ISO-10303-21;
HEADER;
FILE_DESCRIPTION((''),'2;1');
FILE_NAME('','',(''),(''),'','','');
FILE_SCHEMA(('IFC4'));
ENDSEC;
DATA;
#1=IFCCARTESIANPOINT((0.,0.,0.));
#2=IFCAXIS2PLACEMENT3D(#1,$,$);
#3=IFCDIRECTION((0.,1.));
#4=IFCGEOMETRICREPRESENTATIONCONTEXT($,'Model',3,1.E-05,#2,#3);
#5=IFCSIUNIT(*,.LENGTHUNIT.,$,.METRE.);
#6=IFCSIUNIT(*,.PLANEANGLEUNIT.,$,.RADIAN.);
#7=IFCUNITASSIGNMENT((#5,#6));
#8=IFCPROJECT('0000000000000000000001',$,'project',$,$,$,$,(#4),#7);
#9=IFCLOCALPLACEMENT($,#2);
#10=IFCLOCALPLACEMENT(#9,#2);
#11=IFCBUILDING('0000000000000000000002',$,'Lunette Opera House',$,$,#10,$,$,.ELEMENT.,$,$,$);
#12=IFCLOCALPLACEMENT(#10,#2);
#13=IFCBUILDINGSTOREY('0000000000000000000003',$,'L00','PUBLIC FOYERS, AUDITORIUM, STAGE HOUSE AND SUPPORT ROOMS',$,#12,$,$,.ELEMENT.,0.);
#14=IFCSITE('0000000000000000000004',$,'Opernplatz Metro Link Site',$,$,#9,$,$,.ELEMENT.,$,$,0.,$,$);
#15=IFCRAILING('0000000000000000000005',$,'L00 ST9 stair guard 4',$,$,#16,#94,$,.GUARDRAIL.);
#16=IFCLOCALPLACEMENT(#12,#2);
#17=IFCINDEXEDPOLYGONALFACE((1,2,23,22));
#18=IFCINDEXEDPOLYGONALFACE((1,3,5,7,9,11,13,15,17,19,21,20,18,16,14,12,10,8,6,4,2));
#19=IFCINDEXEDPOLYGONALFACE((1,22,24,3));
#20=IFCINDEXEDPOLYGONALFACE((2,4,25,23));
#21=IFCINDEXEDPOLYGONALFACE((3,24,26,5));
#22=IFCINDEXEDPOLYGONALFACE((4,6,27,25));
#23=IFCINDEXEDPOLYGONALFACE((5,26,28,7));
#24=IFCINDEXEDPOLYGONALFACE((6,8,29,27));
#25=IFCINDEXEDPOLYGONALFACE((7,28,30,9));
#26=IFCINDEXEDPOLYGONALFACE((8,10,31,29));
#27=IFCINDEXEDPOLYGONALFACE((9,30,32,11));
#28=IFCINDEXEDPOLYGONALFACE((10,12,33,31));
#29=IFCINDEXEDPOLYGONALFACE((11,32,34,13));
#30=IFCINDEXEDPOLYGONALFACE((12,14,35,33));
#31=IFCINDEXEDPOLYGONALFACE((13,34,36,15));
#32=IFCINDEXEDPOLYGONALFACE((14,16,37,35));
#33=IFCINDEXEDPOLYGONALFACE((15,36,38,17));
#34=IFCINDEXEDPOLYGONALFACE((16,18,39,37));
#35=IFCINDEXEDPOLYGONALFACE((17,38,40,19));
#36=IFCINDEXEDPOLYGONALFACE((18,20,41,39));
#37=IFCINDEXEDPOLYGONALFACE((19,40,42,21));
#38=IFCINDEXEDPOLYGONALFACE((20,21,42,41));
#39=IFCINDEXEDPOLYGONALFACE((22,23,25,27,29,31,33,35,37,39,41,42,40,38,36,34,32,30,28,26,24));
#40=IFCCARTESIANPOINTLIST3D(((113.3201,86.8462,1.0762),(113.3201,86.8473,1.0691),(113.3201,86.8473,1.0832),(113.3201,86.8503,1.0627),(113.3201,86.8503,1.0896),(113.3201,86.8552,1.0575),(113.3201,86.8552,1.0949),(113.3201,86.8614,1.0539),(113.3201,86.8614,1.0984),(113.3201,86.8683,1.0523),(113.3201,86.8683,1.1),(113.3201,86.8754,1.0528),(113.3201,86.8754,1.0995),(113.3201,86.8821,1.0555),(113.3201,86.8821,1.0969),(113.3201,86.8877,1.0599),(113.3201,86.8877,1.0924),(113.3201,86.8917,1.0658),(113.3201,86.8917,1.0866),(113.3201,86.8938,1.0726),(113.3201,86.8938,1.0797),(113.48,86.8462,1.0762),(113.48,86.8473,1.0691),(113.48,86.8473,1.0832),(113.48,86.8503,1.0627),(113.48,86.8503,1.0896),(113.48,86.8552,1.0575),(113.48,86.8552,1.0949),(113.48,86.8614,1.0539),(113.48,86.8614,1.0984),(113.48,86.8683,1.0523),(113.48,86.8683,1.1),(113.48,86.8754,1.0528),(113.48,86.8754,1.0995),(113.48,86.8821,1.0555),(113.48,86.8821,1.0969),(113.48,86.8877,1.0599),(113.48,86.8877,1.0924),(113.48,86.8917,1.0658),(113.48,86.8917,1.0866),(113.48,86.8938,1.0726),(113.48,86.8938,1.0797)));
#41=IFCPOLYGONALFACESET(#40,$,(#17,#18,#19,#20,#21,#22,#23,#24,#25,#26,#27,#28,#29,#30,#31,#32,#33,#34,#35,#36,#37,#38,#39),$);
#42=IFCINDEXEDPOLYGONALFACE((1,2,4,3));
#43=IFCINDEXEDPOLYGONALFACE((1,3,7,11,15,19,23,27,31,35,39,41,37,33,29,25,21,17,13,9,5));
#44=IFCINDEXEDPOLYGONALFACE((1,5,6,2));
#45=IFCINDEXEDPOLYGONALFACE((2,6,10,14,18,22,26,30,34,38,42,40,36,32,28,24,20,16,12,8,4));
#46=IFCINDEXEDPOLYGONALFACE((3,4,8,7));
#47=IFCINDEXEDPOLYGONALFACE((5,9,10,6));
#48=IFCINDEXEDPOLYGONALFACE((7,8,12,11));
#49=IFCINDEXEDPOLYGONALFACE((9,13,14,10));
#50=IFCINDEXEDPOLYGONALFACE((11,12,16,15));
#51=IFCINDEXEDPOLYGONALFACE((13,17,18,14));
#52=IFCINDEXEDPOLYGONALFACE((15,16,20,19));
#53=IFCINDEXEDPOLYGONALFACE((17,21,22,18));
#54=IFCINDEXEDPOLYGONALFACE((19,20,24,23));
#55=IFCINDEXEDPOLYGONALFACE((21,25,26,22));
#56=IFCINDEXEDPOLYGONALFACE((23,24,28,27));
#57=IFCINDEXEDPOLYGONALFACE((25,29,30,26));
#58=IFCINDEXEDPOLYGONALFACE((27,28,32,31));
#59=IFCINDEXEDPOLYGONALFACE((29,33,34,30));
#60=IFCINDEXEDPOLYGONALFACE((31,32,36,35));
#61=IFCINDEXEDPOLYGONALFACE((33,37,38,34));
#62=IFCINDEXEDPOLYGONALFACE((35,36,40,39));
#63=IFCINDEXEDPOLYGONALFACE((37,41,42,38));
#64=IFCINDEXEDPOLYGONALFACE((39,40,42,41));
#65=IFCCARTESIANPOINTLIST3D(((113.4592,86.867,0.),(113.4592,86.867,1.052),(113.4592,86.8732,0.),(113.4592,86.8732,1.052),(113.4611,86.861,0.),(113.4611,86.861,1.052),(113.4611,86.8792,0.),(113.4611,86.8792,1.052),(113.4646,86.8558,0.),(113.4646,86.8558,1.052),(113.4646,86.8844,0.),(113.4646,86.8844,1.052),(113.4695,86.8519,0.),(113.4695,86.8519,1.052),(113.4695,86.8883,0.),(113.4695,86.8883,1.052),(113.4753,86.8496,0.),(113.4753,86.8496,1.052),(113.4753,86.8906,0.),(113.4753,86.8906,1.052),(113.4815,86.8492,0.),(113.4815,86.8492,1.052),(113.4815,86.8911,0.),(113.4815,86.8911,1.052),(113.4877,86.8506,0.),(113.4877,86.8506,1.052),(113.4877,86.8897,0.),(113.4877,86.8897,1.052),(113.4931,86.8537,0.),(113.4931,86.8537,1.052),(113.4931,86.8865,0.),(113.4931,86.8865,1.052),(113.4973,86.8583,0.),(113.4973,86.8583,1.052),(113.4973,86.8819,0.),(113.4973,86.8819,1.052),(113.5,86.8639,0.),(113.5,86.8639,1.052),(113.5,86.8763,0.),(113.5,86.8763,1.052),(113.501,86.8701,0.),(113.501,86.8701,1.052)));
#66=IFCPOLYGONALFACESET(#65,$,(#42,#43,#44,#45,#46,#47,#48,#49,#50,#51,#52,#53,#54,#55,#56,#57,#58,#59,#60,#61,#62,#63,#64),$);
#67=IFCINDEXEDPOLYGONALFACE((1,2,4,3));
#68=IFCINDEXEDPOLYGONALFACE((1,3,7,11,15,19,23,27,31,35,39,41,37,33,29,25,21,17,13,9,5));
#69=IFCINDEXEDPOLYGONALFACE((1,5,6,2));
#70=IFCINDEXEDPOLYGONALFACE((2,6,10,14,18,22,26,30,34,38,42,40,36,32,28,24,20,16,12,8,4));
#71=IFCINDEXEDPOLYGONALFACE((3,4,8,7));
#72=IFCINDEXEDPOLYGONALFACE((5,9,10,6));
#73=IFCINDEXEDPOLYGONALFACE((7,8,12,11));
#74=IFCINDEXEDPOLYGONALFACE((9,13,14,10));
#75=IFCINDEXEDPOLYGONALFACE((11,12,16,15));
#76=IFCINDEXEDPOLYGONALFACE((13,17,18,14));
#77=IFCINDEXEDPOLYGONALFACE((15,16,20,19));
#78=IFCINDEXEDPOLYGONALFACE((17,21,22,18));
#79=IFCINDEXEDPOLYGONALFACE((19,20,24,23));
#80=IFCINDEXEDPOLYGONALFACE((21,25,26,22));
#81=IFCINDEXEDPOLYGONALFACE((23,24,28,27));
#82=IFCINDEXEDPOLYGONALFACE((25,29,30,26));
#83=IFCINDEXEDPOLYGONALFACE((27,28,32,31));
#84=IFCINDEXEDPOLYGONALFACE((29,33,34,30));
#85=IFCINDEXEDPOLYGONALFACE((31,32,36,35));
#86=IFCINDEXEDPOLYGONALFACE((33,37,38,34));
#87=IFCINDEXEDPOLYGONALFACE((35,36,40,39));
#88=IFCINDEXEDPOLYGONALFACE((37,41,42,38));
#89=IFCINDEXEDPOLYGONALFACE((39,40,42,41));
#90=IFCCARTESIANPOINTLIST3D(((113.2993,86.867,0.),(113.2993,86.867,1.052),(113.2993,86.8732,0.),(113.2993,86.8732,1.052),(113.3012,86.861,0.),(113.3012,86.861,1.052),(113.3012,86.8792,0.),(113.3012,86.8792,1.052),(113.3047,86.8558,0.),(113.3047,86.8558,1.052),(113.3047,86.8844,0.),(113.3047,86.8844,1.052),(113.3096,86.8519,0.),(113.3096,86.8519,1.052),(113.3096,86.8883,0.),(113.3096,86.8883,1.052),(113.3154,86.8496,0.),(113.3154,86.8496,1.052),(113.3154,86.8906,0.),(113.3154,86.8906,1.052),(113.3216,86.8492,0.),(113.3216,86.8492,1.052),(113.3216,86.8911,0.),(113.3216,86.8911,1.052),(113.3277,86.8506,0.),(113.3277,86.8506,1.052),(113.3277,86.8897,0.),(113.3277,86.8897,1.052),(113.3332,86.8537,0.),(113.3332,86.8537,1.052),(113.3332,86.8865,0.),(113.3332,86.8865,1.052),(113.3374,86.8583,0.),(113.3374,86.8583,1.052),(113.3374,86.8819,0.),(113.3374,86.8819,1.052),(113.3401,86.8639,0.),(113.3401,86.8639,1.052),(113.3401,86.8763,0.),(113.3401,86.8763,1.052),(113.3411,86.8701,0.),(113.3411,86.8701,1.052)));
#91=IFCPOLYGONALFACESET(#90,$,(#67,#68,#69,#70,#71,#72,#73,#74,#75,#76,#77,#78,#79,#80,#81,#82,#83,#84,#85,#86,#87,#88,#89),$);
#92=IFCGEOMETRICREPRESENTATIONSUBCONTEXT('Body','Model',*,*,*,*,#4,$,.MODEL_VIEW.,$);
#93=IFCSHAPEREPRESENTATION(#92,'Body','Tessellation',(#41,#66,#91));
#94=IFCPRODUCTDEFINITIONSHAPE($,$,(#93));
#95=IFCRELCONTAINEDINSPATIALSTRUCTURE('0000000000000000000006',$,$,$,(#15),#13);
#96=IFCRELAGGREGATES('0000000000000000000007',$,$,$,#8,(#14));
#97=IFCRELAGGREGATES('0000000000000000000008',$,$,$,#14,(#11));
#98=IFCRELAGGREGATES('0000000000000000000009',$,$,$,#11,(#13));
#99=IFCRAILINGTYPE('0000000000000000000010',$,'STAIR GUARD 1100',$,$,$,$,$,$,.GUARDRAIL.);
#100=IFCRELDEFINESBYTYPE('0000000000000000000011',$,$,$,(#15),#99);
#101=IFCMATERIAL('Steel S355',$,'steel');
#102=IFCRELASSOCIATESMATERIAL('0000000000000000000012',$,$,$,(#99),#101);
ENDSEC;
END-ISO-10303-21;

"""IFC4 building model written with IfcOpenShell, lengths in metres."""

from ifc_helpers import new_model, si_unit, direction, frame, origin, origin_2d, place, context, subcontext, project, spatial, circle, extrude, material, type_object, element, save


model = new_model("IFC4")

# Units and contexts
model_context = context("Model", 3, precision=1e-05, world=origin(), true_north=direction((0.0, 1.0)))
body_context = subcontext(model_context, "Body", "Model", "MODEL_VIEW")
ifc_project = project(units=[si_unit("LENGTHUNIT", "METRE"), si_unit("PLANEANGLEUNIT", "RADIAN")], contexts=[model_context])

# Site, building, storey
site_placement = place(None, origin())
site = spatial("IfcSite", under=ifc_project, at=site_placement, Name="Opernplatz Metro Link Site", CompositionType="ELEMENT", RefElevation=0.0)
building_placement = place(site_placement, origin())
building = spatial("IfcBuilding", under=site, at=building_placement, Name="Lunette Opera House", CompositionType="ELEMENT")
storey_placement = place(building_placement, origin())
storey = spatial("IfcBuildingStorey", under=building, at=storey_placement, Name="L00", Description="PUBLIC FOYERS, AUDITORIUM, STAGE HOUSE AND SUPPORT ROOMS", CompositionType="ELEMENT", Elevation=0.0)

# Railing
ifc_material_1 = material(Name="Steel S355", Category="steel")
railing_type_1 = type_object("IfcRailingType", Name="STAIR GUARD 1100", PredefinedType="GUARDRAIL", material=ifc_material_1)
railing_1_placement = place(storey_placement, frame((113.48, 86.8701, 0.0)))
element("IfcRailing", 1, at=railing_1_placement, inside=storey, type_object=railing_type_1, Name="L00 ST9 stair guard 4", PredefinedType="GUARDRAIL", context=body_context, shape_type="SweptSolid", body=[
    extrude(circle(Radius=0.0239, at=origin_2d()), frame((0.0, 0.0, 1.0762), z_axis=(-1.0, 0.0, 0.0), x_axis=(0.0, -1.0, 0.0)), (0.0, 0.0, 1.0), 0.1599),
    extrude(circle(Radius=0.021, at=origin_2d()), origin(), (0.0, 0.0, 1.0), 1.052),
    extrude(circle(Radius=0.021, at=origin_2d()), frame((-0.1599, 0.0, 0.0)), (0.0, 0.0, 1.0), 1.052),
])

save(model, "model.ifc")
